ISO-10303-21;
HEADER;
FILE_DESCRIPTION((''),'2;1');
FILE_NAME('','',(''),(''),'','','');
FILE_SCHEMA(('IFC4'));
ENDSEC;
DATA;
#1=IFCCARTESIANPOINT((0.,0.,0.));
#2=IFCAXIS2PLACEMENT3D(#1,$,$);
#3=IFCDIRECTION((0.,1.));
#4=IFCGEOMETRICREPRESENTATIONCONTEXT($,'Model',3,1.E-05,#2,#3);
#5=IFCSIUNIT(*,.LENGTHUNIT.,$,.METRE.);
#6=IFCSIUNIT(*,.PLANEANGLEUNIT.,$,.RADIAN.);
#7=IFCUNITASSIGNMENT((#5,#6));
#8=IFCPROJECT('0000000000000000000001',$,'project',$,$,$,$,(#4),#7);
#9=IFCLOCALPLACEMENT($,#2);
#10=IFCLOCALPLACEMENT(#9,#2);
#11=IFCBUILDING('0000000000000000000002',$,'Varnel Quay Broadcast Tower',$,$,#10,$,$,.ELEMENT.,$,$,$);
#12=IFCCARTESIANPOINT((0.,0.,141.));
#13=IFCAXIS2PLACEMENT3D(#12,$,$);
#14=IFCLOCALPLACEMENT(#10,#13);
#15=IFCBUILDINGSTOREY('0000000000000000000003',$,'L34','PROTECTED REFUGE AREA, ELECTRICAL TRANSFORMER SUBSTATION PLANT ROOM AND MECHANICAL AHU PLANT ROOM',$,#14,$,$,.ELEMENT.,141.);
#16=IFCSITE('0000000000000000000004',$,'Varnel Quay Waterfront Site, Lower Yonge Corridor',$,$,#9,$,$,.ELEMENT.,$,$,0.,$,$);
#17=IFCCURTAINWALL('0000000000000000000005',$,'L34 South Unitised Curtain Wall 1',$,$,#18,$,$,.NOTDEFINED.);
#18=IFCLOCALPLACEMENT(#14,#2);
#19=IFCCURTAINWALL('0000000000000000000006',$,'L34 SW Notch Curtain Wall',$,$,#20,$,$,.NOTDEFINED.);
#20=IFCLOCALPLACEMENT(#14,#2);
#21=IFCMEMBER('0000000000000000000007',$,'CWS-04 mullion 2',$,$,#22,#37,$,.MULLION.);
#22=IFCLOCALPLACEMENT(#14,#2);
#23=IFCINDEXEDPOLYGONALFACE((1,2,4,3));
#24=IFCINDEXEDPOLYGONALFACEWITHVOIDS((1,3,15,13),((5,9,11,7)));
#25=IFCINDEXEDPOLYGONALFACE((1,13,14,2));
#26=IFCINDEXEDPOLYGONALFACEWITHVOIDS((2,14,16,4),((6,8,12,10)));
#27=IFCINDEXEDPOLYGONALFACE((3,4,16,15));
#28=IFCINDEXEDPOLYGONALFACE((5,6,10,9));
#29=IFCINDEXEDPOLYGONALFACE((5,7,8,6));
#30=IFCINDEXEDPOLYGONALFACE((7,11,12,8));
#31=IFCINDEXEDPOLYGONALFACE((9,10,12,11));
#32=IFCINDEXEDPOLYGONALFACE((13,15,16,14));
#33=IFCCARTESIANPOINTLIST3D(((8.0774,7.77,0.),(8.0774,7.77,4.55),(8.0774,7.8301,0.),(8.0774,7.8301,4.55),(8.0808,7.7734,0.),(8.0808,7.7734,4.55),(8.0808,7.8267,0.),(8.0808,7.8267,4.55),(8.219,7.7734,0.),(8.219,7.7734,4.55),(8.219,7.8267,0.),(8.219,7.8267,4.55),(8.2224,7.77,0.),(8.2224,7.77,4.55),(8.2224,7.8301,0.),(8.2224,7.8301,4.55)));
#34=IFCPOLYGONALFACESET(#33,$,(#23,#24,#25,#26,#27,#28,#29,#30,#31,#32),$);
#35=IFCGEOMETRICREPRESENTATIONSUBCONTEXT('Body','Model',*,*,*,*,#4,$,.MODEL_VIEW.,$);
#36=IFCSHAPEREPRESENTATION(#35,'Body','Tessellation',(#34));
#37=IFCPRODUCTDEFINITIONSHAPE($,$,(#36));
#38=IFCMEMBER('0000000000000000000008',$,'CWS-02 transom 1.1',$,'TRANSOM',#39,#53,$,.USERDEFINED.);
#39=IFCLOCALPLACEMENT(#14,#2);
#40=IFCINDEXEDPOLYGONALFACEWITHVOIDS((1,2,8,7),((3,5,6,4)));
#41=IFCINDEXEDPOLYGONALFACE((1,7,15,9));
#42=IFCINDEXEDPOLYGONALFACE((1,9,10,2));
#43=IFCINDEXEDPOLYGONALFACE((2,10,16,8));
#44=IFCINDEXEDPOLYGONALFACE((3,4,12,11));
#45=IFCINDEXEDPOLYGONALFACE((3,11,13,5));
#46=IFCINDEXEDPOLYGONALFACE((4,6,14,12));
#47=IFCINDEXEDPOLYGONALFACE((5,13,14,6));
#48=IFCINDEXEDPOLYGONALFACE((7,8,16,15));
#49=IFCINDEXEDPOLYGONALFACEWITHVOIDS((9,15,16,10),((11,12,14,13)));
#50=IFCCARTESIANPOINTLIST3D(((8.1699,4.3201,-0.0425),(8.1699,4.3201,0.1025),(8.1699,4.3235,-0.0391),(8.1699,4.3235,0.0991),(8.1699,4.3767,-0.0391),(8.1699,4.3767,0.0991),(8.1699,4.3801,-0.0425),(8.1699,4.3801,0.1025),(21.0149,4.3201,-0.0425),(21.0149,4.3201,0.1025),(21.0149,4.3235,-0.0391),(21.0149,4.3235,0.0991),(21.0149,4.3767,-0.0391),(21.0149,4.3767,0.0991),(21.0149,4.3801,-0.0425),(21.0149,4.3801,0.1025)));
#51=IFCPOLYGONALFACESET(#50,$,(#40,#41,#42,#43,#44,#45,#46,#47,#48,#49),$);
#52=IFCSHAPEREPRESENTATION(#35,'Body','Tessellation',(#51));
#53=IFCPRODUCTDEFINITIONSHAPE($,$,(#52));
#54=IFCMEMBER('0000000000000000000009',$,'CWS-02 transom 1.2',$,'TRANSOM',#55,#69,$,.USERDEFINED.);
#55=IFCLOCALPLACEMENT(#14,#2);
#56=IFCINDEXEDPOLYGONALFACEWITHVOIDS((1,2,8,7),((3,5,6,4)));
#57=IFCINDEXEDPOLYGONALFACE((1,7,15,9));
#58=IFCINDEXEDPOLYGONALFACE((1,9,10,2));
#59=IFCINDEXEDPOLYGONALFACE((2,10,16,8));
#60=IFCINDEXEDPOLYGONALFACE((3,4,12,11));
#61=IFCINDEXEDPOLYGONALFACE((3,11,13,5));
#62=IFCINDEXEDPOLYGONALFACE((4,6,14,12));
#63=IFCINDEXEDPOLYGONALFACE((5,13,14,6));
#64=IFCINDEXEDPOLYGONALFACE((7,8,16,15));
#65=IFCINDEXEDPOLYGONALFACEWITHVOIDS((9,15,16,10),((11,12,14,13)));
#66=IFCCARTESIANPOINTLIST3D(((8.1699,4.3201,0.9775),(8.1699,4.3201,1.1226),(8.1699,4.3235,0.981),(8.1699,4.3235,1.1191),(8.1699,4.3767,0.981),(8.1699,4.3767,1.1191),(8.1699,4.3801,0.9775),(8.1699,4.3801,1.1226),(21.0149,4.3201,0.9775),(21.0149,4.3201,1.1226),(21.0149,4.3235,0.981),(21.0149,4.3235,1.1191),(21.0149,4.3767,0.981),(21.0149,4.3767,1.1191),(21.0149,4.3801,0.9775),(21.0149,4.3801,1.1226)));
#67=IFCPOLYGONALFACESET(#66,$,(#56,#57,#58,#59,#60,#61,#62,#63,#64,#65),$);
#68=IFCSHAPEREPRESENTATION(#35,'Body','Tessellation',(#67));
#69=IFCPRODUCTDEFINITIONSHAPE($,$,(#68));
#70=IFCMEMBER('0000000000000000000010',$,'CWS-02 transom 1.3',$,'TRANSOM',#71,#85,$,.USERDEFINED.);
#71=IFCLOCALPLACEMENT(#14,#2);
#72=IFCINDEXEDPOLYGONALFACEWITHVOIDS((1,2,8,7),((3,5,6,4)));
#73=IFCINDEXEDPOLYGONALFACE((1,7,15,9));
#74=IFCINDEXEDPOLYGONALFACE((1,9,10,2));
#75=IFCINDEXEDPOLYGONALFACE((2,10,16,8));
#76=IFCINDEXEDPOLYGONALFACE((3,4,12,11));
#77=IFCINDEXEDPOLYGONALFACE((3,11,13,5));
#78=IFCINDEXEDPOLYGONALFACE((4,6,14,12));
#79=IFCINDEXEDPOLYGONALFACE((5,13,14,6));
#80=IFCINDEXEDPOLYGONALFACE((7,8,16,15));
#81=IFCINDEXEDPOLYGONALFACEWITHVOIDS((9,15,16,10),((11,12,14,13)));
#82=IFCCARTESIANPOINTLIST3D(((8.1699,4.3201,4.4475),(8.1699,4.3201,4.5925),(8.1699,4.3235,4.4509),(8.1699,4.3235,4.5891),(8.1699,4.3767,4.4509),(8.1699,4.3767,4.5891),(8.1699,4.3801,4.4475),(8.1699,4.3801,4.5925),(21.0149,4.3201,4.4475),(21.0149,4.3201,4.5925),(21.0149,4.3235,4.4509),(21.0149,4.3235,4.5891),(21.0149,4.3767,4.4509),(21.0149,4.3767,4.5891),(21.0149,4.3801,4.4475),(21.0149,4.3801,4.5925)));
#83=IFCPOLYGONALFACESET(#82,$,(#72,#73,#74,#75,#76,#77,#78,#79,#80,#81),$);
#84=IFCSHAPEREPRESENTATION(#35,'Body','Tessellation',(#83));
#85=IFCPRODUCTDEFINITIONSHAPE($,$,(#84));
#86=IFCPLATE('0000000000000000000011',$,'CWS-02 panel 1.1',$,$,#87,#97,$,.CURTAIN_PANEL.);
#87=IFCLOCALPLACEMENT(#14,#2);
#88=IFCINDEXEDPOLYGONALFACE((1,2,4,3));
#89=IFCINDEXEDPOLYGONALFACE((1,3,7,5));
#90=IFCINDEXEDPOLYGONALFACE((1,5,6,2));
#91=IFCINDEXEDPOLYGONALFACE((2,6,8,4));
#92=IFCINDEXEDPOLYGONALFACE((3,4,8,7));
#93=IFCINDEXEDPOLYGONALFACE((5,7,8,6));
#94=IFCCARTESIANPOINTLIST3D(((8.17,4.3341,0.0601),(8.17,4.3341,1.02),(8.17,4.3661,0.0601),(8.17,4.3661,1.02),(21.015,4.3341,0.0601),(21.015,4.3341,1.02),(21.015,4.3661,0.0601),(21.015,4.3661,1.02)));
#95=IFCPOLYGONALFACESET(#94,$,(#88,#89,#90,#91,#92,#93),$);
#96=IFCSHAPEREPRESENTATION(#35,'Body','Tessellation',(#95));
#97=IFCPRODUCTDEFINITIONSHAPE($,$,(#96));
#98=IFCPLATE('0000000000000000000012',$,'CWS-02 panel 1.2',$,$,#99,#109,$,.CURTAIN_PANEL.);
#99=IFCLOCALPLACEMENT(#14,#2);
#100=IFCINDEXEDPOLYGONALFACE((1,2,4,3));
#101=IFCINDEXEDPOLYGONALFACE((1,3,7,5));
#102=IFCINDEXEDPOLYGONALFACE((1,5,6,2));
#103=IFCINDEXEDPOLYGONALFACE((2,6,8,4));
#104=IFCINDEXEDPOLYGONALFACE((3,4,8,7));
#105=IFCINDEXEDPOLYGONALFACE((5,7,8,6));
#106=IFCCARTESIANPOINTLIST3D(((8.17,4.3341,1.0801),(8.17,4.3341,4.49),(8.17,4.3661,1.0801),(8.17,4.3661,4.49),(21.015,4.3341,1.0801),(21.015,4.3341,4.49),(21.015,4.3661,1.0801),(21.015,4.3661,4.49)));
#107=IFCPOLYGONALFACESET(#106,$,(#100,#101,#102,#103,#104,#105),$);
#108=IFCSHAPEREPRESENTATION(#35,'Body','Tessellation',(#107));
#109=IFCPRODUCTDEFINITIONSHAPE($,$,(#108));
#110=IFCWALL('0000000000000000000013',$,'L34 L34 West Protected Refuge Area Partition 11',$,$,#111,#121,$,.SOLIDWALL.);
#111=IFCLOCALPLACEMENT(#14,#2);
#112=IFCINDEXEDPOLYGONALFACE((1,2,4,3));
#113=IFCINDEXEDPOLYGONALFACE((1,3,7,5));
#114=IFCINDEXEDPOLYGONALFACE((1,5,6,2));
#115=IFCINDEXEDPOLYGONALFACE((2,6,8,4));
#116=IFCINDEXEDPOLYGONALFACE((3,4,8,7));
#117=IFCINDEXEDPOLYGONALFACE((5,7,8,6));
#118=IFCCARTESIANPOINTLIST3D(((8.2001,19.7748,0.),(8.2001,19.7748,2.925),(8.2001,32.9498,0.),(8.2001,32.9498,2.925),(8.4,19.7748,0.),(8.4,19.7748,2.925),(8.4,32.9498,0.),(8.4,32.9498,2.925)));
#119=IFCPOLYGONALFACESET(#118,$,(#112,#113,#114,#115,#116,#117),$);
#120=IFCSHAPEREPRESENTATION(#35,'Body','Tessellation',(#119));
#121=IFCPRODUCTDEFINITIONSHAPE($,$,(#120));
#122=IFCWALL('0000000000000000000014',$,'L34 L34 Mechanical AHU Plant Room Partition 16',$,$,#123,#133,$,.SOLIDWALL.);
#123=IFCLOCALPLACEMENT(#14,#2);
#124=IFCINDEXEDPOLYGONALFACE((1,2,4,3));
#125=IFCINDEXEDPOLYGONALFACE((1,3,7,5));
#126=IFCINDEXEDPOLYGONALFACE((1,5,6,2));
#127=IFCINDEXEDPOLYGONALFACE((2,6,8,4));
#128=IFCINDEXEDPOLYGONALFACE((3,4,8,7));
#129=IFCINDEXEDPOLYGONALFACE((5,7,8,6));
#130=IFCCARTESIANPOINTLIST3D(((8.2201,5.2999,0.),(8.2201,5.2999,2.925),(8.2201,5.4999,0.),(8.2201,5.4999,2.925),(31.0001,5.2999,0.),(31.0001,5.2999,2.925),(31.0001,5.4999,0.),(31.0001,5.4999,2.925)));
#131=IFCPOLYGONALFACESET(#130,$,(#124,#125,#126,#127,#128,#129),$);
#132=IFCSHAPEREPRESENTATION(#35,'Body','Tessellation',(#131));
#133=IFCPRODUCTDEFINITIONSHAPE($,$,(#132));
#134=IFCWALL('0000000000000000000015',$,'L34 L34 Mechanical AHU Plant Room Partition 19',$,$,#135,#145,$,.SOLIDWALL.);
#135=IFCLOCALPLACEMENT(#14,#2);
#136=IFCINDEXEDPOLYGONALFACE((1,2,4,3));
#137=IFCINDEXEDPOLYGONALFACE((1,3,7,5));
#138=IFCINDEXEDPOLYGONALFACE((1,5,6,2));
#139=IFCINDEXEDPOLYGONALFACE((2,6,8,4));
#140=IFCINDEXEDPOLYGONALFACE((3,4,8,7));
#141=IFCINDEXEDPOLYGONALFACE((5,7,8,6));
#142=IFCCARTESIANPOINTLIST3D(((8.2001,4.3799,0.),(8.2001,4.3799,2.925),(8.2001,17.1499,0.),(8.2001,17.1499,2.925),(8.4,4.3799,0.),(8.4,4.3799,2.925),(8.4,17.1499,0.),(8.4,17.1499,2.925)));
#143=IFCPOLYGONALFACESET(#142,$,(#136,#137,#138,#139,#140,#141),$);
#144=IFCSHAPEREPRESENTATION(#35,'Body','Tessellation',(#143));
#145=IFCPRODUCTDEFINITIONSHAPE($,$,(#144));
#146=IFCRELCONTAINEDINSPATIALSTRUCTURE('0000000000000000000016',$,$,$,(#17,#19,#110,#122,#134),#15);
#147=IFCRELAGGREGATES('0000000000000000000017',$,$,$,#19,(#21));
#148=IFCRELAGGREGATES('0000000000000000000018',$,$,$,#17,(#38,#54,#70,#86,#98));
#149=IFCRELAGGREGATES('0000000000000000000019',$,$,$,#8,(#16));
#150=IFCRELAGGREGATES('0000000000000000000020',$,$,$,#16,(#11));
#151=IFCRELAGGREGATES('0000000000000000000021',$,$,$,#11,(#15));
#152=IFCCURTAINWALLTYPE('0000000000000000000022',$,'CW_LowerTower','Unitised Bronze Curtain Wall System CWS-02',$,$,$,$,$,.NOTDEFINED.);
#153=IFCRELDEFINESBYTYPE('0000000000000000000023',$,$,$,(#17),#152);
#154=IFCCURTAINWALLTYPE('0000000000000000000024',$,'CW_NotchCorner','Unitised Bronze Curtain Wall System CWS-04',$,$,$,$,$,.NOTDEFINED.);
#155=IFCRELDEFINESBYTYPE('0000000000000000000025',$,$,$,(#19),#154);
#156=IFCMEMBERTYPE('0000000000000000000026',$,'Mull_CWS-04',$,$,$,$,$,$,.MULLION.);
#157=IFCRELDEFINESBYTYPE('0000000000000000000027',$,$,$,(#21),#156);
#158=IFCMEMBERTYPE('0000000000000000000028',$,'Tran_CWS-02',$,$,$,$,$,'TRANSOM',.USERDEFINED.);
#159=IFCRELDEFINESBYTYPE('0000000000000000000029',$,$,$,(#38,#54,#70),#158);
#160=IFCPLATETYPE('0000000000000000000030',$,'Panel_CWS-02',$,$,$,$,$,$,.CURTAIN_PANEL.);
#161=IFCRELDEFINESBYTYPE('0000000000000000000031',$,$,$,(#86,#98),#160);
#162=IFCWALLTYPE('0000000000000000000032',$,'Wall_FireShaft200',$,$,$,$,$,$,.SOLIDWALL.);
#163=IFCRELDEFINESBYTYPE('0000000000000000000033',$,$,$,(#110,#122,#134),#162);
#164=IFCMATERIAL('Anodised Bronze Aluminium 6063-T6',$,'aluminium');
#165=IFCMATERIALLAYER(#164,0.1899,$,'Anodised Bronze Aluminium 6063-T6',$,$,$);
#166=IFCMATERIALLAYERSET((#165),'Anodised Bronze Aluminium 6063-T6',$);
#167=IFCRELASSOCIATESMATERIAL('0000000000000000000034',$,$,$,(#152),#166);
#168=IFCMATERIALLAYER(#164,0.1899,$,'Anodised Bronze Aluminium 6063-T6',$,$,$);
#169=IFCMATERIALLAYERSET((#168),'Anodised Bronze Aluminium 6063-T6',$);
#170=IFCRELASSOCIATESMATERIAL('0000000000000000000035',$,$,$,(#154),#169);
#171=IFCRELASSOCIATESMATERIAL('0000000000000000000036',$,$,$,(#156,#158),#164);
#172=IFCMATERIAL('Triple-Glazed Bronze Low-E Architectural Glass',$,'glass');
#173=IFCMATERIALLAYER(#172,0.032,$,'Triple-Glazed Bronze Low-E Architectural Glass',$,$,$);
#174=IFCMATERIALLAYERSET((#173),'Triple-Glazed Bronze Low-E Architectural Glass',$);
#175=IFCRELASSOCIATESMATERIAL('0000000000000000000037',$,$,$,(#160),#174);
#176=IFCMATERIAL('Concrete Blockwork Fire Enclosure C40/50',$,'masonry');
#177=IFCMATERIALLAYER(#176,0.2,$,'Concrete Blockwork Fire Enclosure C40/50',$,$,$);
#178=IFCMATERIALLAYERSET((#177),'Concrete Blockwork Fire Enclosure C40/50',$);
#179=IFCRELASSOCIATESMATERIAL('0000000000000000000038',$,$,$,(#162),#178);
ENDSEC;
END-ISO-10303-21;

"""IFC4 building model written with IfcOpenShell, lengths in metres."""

from ifc_helpers import new_model, si_unit, direction, frame, frame_2d, origin, origin_2d, place, context, subcontext, project, spatial, rectangle, hollow_rectangle, extrude, source, transform, mapped, material, layer, layer_set, material_profile, profile_set, type_object, type_shapes, element, aggregate, save


model = new_model("IFC4")

# Units and contexts
model_context = context("Model", 3, precision=1e-05, world=origin(), true_north=direction((0.0, 1.0)))
body_context = subcontext(model_context, "Body", "Model", "MODEL_VIEW")
ifc_project = project(units=[si_unit("LENGTHUNIT", "METRE"), si_unit("PLANEANGLEUNIT", "RADIAN")], contexts=[model_context])

# Site, building, storey
site_placement = place(None, origin())
site = spatial("IfcSite", under=ifc_project, at=site_placement, Name="Varnel Quay Waterfront Site, Lower Yonge Corridor", CompositionType="ELEMENT", RefElevation=0.0)
building_placement = place(site_placement, origin())
building = spatial("IfcBuilding", under=site, at=building_placement, Name="Varnel Quay Broadcast Tower", CompositionType="ELEMENT")
storey_placement = place(building_placement, frame((0.0, 0.0, 141.0)))
storey = spatial("IfcBuildingStorey", under=building, at=storey_placement, Name="L34", Description="PROTECTED REFUGE AREA, ELECTRICAL TRANSFORMER SUBSTATION PLANT ROOM AND MECHANICAL AHU PLANT ROOM", CompositionType="ELEMENT", Elevation=141.0)

# Curtain wall
ifc_material_1 = material(Name="Anodised Bronze Aluminium 6063-T6", Category="aluminium")
ifc_layer_1 = layer(ifc_material_1, 0.1899, Name="Anodised Bronze Aluminium 6063-T6")
ifc_layer_set_1 = layer_set([ifc_layer_1], Name="Anodised Bronze Aluminium 6063-T6")
curtain_wall_type_1 = type_object("IfcCurtainWallType", Name="CW_LowerTower", Description="Unitised Bronze Curtain Wall System CWS-02", PredefinedType="NOTDEFINED", material=ifc_layer_set_1)
curtain_wall_1_placement = place(storey_placement, origin())
curtain_wall_1 = element("IfcCurtainWall", 1, at=curtain_wall_1_placement, inside=storey, type_object=curtain_wall_type_1, Name="L34 South Unitised Curtain Wall 1", PredefinedType="NOTDEFINED")

# Curtain wall, member
ifc_layer_2 = layer(ifc_material_1, 0.1899, Name="Anodised Bronze Aluminium 6063-T6")
ifc_layer_set_2 = layer_set([ifc_layer_2], Name="Anodised Bronze Aluminium 6063-T6")
curtain_wall_type_2 = type_object("IfcCurtainWallType", Name="CW_NotchCorner", Description="Unitised Bronze Curtain Wall System CWS-04", PredefinedType="NOTDEFINED", material=ifc_layer_set_2)
curtain_wall_2_placement = place(storey_placement, origin())
curtain_wall_2 = element("IfcCurtainWall", 2, at=curtain_wall_2_placement, inside=storey, type_object=curtain_wall_type_2, Name="L34 SW Notch Curtain Wall", PredefinedType="NOTDEFINED")
ifc_material_profile_1 = material_profile(ifc_material_1, hollow_rectangle(XDim=0.0601, YDim=0.145, WallThickness=0.0034, at=origin_2d()), Name="ALU60X145X3.5")
ifc_profile_set_1 = profile_set([ifc_material_profile_1], Name="Anodised Bronze Aluminium 6063-T6")
member_type_1 = type_object("IfcMemberType", Name="Mull_CWS-04", PredefinedType="MULLION", material=ifc_profile_set_1)
shared_shape_1 = source(origin(), body_context, "Body", "SweptSolid", [
    extrude(hollow_rectangle(XDim=0.0601, YDim=0.145, WallThickness=0.0034, at=origin_2d()), origin(), (0.0, 0.0, 1.0), 4.55),
])
type_shapes(member_type_1, [shared_shape_1])
member_1_placement = place(storey_placement, frame((8.1499, 7.8, 0.0), z_axis=(0.0, 0.0, 1.0), x_axis=(0.0, 1.0, 0.0)))
member_1 = element("IfcMember", 3, at=member_1_placement, type_object=member_type_1, Name="CWS-04 mullion 2", PredefinedType="MULLION", context=body_context, shape_type="MappedRepresentation", body=[
    mapped(shared_shape_1, transform((0.0, 0.0, 0.0), x_axis=(1.0, 0.0, 0.0), y_axis=(0.0, 1.0, 0.0), z_axis=(0.0, 0.0, 1.0), scale=1.0)),
])
aggregate(curtain_wall_2, [member_1])

# Members
ifc_material_profile_2 = material_profile(ifc_material_1, hollow_rectangle(XDim=0.0601, YDim=0.145, WallThickness=0.0034, at=origin_2d()), Name="ALU60X145X3.5")
ifc_profile_set_2 = profile_set([ifc_material_profile_2], Name="Anodised Bronze Aluminium 6063-T6")
member_type_2 = type_object("IfcMemberType", Name="Tran_CWS-02", ElementType="TRANSOM", PredefinedType="USERDEFINED", material=ifc_profile_set_2)
shared_shape_2 = source(origin(), body_context, "Body", "SweptSolid", [
    extrude(hollow_rectangle(XDim=0.0601, YDim=0.145, WallThickness=0.0034, at=origin_2d()), origin(), (0.0, 0.0, 1.0), 12.845),
])
type_shapes(member_type_2, [shared_shape_2])
member_2_placement = place(storey_placement, frame((8.1699, 4.3501, 0.03), z_axis=(1.0, 0.0, 0.0), x_axis=(0.0, 1.0, 0.0)))
member_2 = element("IfcMember", 4, at=member_2_placement, type_object=member_type_2, Name="CWS-02 transom 1.1", ObjectType="TRANSOM", PredefinedType="USERDEFINED", context=body_context, shape_type="MappedRepresentation", body=[
    mapped(shared_shape_2, transform((0.0, 0.0, 0.0), x_axis=(1.0, 0.0, 0.0), y_axis=(0.0, 1.0, 0.0), z_axis=(0.0, 0.0, 1.0), scale=1.0)),
])
member_3_placement = place(storey_placement, frame((8.1699, 4.3501, 1.05), z_axis=(1.0, 0.0, 0.0), x_axis=(0.0, 1.0, 0.0)))
member_3 = element("IfcMember", 5, at=member_3_placement, type_object=member_type_2, Name="CWS-02 transom 1.2", ObjectType="TRANSOM", PredefinedType="USERDEFINED", context=body_context, shape_type="MappedRepresentation", body=[
    mapped(shared_shape_2, transform((0.0, 0.0, 0.0), x_axis=(1.0, 0.0, 0.0), y_axis=(0.0, 1.0, 0.0), z_axis=(0.0, 0.0, 1.0), scale=1.0)),
])
member_4_placement = place(storey_placement, frame((8.1699, 4.3501, 4.52), z_axis=(1.0, 0.0, 0.0), x_axis=(0.0, 1.0, 0.0)))
member_4 = element("IfcMember", 6, at=member_4_placement, type_object=member_type_2, Name="CWS-02 transom 1.3", ObjectType="TRANSOM", PredefinedType="USERDEFINED", context=body_context, shape_type="MappedRepresentation", body=[
    mapped(shared_shape_2, transform((0.0, 0.0, 0.0), x_axis=(1.0, 0.0, 0.0), y_axis=(0.0, 1.0, 0.0), z_axis=(0.0, 0.0, 1.0), scale=1.0)),
])

# Plates
ifc_material_2 = material(Name="Triple-Glazed Bronze Low-E Architectural Glass", Category="glass")
ifc_layer_3 = layer(ifc_material_2, 0.032, Name="Triple-Glazed Bronze Low-E Architectural Glass")
ifc_layer_set_3 = layer_set([ifc_layer_3], Name="Triple-Glazed Bronze Low-E Architectural Glass")
plate_type = type_object("IfcPlateType", Name="Panel_CWS-02", PredefinedType="CURTAIN_PANEL", material=ifc_layer_set_3)
shared_shape_3 = source(origin(), body_context, "Body", "SweptSolid", [
    extrude(rectangle(XDim=12.845, YDim=0.032, at=origin_2d()), origin(), (0.0, 0.0, 1.0), 0.96),
])
plate_1_placement = place(storey_placement, frame((14.5925, 4.3501, 0.0601), z_axis=(0.0, 0.0, 1.0), x_axis=(1.0, 0.0, 0.0)))
plate_1 = element("IfcPlate", 7, at=plate_1_placement, type_object=plate_type, Name="CWS-02 panel 1.1", PredefinedType="CURTAIN_PANEL", context=body_context, shape_type="MappedRepresentation", body=[
    mapped(shared_shape_3, transform((0.0, 0.0, 0.0), x_axis=(1.0, 0.0, 0.0), y_axis=(0.0, 1.0, 0.0), z_axis=(0.0, 0.0, 1.0), scale=1.0)),
])
shared_shape_4 = source(origin(), body_context, "Body", "SweptSolid", [
    extrude(rectangle(XDim=12.845, YDim=0.032, at=origin_2d()), origin(), (0.0, 0.0, 1.0), 3.4099),
])
type_shapes(plate_type, [shared_shape_3, shared_shape_4])
plate_2_placement = place(storey_placement, frame((14.5925, 4.3501, 1.0801), z_axis=(0.0, 0.0, 1.0), x_axis=(1.0, 0.0, 0.0)))
plate_2 = element("IfcPlate", 8, at=plate_2_placement, type_object=plate_type, Name="CWS-02 panel 1.2", PredefinedType="CURTAIN_PANEL", context=body_context, shape_type="MappedRepresentation", body=[
    mapped(shared_shape_4, transform((0.0, 0.0, 0.0), x_axis=(1.0, 0.0, 0.0), y_axis=(0.0, 1.0, 0.0), z_axis=(0.0, 0.0, 1.0), scale=1.0)),
])
aggregate(curtain_wall_1, [member_2, member_3, member_4, plate_1, plate_2])

# Walls
ifc_material_3 = material(Name="Concrete Blockwork Fire Enclosure C40/50", Category="masonry")
ifc_layer_4 = layer(ifc_material_3, 0.2, Name="Concrete Blockwork Fire Enclosure C40/50")
ifc_layer_set_4 = layer_set([ifc_layer_4], Name="Concrete Blockwork Fire Enclosure C40/50")
wall_type = type_object("IfcWallType", Name="Wall_FireShaft200", PredefinedType="SOLIDWALL", material=ifc_layer_set_4)
wall_1_placement = place(storey_placement, frame((8.3, 19.7749, 0.0), z_axis=(0.0, 0.0, 1.0), x_axis=(0.0, 1.0, 0.0)))
element("IfcWall", 9, at=wall_1_placement, inside=storey, type_object=wall_type, Name="L34 L34 West Protected Refuge Area Partition 11", PredefinedType="SOLIDWALL", context=body_context, shape_type="SweptSolid", body=[
    extrude(rectangle(XDim=13.175, YDim=0.2, at=frame_2d((6.5874, 0.0))), origin(), (0.0, 0.0, 1.0), 2.925),
])
wall_2_placement = place(storey_placement, frame((8.22, 5.3999, 0.0), z_axis=(0.0, 0.0, 1.0), x_axis=(1.0, 0.0, 0.0)))
element("IfcWall", 10, at=wall_2_placement, inside=storey, type_object=wall_type, Name="L34 L34 Mechanical AHU Plant Room Partition 16", PredefinedType="SOLIDWALL", context=body_context, shape_type="SweptSolid", body=[
    extrude(rectangle(XDim=22.78, YDim=0.2, at=frame_2d((11.3901, 0.0))), origin(), (0.0, 0.0, 1.0), 2.925),
])
wall_3_placement = place(storey_placement, frame((8.3, 4.3799, 0.0), z_axis=(0.0, 0.0, 1.0), x_axis=(0.0, 1.0, 0.0)))
element("IfcWall", 11, at=wall_3_placement, inside=storey, type_object=wall_type, Name="L34 L34 Mechanical AHU Plant Room Partition 19", PredefinedType="SOLIDWALL", context=body_context, shape_type="SweptSolid", body=[
    extrude(rectangle(XDim=12.77, YDim=0.2, at=frame_2d((6.385, 0.0))), origin(), (0.0, 0.0, 1.0), 2.925),
])

save(model, "model.ifc")
